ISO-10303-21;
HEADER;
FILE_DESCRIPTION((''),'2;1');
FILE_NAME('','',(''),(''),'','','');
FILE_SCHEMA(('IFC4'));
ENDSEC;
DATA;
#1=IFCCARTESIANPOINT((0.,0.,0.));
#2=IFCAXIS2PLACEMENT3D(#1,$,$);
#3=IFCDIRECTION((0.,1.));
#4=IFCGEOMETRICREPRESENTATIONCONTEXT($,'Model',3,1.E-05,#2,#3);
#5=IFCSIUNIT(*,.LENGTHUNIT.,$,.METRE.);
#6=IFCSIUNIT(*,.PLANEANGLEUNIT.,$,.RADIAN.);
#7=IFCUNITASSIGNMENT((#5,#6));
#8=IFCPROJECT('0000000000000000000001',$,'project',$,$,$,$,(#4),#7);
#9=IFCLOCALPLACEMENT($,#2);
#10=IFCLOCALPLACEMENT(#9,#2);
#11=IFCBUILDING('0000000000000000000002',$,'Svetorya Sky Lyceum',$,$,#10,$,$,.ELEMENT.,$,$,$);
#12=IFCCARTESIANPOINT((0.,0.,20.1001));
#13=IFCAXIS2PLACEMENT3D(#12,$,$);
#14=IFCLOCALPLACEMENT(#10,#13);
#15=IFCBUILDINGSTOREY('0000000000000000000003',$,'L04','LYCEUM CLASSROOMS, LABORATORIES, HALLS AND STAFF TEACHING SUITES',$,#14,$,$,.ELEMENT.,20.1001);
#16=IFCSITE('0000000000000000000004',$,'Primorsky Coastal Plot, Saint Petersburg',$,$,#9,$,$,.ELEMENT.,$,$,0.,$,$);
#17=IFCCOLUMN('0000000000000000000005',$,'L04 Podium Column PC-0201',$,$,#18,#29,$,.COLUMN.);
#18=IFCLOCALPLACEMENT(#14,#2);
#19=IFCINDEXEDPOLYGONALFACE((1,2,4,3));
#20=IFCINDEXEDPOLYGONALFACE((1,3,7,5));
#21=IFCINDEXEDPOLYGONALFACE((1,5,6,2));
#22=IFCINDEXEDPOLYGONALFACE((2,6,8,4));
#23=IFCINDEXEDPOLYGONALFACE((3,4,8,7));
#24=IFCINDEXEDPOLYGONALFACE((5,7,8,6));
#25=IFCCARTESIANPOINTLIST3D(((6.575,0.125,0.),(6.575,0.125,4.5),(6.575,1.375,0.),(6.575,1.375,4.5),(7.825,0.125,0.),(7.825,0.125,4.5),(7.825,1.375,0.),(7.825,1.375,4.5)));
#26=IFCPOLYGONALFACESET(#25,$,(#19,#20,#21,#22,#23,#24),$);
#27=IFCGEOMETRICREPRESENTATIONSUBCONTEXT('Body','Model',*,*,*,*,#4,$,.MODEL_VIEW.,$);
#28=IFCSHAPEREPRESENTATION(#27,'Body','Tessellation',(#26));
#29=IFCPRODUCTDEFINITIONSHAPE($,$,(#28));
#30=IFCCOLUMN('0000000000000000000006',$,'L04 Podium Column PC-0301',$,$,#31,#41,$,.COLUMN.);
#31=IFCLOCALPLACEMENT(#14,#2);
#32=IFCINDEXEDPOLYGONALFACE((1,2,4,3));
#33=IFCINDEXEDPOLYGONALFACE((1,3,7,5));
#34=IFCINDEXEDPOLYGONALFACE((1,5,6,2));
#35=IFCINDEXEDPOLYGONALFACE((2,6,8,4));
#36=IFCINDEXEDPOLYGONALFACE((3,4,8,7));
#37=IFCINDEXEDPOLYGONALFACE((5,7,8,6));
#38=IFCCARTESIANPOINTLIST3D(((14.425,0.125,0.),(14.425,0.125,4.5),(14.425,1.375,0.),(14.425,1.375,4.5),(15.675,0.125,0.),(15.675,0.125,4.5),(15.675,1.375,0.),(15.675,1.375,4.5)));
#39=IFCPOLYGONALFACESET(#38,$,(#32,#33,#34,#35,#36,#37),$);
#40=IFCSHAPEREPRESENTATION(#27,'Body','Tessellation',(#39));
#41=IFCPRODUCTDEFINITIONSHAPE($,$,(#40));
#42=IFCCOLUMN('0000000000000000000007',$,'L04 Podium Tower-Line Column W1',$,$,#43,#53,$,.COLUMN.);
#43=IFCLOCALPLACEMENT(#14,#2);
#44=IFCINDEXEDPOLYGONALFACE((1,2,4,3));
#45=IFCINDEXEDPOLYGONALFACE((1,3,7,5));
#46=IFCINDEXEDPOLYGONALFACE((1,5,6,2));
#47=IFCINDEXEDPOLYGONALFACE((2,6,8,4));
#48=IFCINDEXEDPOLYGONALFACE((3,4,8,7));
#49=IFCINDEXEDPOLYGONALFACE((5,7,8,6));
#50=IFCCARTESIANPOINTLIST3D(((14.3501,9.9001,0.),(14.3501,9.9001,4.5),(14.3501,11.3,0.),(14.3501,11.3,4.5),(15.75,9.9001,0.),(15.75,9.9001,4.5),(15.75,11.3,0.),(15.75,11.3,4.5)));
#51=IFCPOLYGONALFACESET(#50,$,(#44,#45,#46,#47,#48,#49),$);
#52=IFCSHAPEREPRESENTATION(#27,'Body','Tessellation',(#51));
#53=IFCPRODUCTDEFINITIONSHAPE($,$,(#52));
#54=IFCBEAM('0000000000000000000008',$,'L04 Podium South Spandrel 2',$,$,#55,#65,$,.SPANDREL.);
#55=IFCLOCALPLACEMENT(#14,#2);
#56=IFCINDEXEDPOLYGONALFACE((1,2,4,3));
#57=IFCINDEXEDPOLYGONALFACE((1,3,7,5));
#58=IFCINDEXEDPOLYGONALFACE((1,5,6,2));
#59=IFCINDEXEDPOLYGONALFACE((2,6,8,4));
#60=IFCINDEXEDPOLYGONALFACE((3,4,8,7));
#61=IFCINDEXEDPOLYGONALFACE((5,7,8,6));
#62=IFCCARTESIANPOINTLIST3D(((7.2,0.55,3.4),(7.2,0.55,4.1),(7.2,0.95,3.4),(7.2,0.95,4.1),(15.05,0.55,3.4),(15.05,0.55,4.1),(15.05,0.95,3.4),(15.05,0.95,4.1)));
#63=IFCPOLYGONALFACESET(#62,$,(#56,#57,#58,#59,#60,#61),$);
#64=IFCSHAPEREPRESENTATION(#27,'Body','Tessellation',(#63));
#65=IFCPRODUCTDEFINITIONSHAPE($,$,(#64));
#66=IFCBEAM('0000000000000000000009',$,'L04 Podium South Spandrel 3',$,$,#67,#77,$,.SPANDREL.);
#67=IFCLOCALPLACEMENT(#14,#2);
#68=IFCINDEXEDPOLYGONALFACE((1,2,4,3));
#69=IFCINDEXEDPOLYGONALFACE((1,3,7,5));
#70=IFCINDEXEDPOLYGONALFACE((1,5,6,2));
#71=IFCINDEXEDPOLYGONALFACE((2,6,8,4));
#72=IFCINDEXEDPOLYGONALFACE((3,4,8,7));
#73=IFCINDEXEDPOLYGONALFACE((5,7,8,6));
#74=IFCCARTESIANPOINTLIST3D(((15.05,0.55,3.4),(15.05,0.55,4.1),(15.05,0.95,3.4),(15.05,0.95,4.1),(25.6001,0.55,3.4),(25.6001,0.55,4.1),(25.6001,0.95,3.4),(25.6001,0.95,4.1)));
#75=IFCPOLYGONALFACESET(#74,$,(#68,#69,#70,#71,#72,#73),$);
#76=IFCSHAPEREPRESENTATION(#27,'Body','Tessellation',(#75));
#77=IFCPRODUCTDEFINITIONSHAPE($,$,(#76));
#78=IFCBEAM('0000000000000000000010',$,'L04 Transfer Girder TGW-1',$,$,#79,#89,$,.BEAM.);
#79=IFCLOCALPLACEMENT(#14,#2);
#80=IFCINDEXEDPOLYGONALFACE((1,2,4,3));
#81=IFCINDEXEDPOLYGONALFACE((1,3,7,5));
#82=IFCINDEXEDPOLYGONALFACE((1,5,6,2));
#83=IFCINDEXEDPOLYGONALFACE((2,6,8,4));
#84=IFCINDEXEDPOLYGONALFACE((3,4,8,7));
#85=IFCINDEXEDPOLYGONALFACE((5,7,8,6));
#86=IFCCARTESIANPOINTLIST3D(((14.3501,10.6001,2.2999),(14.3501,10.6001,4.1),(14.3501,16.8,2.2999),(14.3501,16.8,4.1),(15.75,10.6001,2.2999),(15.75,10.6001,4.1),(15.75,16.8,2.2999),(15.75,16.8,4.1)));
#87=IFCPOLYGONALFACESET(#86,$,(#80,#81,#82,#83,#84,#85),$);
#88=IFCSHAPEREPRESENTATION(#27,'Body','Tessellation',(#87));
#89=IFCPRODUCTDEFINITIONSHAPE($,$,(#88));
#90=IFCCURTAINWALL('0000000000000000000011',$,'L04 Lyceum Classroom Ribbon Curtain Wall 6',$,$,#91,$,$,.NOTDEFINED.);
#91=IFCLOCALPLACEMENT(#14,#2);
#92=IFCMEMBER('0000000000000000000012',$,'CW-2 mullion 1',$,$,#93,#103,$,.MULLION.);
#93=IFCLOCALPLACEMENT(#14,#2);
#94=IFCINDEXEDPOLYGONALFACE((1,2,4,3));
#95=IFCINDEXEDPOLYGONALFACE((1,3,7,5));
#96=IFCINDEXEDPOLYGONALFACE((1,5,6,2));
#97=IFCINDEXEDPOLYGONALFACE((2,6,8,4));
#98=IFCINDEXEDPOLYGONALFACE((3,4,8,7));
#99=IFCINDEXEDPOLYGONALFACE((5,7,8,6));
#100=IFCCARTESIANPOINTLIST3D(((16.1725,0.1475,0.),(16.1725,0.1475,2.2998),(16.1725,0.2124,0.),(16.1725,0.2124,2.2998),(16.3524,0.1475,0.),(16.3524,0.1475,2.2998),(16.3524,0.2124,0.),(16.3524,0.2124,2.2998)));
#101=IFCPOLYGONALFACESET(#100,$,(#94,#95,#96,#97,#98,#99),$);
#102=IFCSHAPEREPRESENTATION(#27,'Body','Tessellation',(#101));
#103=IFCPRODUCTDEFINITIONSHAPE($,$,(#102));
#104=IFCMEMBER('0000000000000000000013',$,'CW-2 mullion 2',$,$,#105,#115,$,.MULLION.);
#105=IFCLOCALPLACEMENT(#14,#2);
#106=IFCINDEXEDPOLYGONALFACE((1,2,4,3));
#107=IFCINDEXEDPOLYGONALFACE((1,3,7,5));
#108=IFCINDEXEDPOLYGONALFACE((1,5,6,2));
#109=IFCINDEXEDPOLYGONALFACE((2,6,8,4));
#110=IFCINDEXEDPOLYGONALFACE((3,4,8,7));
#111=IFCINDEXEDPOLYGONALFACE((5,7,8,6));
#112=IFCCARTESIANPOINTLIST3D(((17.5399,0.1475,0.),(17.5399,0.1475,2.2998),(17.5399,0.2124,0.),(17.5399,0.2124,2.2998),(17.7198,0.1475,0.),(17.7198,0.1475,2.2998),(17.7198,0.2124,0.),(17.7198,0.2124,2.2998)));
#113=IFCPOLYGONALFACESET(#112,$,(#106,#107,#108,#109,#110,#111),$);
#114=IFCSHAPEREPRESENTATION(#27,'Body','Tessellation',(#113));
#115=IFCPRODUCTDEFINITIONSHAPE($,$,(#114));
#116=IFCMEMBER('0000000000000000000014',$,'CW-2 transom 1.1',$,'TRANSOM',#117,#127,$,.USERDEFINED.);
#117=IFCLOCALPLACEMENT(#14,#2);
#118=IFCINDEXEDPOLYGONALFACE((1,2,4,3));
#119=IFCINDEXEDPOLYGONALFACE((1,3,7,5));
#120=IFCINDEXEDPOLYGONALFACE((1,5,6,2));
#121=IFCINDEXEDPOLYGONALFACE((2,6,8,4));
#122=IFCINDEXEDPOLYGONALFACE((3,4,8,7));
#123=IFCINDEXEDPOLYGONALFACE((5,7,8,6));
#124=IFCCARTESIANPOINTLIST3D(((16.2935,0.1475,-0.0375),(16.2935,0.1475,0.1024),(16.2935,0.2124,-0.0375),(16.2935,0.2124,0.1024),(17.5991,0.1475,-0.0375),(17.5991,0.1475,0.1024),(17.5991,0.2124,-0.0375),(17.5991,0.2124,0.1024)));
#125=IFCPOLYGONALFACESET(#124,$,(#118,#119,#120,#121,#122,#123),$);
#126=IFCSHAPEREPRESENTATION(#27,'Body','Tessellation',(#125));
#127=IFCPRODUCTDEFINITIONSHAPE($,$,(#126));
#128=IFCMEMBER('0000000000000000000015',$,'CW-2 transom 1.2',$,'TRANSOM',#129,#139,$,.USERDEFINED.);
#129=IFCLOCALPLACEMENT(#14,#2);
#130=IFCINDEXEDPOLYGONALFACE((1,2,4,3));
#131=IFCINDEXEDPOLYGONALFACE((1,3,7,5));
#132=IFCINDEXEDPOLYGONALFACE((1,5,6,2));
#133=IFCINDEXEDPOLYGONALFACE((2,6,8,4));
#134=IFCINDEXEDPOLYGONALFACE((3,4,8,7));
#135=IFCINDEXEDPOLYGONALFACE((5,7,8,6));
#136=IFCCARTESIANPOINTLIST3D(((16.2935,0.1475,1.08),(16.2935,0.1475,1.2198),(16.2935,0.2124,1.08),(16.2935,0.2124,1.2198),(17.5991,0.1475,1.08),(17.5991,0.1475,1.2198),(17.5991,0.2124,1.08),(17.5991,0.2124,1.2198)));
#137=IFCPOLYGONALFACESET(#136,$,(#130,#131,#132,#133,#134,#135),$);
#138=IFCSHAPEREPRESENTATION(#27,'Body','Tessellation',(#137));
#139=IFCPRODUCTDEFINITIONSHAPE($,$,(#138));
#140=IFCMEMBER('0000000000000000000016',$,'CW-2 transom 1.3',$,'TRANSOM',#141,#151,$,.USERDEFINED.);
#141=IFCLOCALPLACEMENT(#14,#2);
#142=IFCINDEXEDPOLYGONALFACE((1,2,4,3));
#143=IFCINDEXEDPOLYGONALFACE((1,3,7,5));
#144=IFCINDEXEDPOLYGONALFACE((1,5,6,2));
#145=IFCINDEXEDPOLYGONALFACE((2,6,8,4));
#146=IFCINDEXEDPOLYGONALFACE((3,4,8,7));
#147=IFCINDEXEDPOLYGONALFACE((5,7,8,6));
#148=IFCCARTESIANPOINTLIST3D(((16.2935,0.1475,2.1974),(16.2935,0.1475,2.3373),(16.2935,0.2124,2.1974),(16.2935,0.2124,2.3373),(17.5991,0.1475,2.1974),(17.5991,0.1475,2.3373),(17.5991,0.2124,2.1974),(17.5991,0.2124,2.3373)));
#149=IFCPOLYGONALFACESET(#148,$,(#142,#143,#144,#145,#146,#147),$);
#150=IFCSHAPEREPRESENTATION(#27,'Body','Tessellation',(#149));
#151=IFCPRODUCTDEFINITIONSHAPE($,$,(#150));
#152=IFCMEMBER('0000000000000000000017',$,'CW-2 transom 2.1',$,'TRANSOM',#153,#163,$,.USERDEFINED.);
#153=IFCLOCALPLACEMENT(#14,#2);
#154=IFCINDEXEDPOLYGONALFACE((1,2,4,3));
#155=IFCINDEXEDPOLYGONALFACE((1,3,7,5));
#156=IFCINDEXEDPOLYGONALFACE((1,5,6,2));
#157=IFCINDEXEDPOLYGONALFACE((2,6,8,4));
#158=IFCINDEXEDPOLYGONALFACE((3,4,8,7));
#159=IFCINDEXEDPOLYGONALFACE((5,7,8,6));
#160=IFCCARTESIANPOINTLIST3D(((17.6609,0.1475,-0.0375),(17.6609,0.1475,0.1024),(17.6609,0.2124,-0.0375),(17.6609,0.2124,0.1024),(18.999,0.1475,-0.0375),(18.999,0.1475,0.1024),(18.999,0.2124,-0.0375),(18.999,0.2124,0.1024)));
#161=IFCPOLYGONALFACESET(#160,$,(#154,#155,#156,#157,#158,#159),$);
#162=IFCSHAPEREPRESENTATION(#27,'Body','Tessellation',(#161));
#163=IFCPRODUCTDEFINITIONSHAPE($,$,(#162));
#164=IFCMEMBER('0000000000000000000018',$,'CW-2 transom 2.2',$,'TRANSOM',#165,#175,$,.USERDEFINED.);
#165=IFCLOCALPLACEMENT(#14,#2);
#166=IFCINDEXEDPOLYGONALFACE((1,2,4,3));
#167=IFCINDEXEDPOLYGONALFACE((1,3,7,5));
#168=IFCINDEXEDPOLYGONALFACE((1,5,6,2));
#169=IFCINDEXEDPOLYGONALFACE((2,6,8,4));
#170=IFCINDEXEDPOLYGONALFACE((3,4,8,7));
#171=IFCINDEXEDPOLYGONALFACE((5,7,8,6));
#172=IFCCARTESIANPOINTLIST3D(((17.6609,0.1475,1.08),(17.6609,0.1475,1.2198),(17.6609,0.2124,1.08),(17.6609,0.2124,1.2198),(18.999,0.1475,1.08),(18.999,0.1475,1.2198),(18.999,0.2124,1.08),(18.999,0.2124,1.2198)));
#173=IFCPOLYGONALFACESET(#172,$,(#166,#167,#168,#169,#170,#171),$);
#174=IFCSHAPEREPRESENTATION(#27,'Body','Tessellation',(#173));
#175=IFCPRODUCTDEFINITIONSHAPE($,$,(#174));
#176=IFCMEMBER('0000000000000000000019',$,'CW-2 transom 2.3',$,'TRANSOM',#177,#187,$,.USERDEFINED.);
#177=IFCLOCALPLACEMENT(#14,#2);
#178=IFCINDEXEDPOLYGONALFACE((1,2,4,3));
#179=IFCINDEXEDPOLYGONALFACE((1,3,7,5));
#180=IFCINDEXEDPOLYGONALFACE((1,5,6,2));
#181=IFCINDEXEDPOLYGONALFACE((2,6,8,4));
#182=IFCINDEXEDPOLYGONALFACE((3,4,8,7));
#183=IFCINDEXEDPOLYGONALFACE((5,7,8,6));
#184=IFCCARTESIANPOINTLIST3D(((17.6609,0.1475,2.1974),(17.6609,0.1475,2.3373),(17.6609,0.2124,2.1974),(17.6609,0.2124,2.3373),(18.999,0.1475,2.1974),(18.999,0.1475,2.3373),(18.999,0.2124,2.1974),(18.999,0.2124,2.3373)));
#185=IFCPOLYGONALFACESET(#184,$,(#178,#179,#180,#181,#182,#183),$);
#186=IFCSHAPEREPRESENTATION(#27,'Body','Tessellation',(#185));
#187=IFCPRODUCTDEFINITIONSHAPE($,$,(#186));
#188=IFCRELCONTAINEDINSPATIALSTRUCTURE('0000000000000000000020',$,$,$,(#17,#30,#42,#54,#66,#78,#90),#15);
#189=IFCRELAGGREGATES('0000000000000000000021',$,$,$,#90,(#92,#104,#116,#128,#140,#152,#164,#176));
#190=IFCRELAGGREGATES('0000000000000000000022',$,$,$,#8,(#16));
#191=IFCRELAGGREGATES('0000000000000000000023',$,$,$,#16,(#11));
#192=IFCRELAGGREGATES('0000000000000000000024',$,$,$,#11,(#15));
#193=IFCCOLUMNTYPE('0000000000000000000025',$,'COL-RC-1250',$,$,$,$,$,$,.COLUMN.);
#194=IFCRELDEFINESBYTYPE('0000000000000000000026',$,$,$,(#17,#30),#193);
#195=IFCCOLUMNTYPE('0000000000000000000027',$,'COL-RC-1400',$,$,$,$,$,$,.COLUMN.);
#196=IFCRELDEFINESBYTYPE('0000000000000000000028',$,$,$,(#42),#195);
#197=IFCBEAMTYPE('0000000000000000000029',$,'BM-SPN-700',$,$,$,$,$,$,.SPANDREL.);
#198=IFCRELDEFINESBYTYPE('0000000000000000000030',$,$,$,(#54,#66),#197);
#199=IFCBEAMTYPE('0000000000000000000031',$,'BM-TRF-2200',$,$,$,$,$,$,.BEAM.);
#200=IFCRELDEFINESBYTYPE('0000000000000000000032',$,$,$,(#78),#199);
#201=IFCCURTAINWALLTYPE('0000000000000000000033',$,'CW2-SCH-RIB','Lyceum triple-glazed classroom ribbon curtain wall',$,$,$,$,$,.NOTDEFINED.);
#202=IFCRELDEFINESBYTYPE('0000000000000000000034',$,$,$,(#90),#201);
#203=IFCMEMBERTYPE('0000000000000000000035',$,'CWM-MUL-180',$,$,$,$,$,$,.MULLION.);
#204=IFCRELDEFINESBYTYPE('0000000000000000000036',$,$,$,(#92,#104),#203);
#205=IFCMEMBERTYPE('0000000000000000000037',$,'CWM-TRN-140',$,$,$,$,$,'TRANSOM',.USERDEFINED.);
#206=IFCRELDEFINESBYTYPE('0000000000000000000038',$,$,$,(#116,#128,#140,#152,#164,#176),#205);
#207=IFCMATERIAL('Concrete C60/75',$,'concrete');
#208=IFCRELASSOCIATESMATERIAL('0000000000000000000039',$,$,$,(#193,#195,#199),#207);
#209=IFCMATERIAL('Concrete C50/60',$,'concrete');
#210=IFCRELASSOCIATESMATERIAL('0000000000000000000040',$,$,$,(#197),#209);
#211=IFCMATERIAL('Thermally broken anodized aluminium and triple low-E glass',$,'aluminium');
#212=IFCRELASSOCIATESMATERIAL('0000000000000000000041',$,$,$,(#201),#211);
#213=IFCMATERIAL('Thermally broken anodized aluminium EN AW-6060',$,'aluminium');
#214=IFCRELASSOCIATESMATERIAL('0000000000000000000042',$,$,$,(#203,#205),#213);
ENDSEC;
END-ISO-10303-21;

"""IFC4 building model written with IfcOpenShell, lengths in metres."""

from ifc_helpers import new_model, si_unit, direction, frame, origin, origin_2d, place, context, subcontext, project, spatial, rectangle, extrude, material, material_profile, profile_set, type_object, element, aggregate, save


model = new_model("IFC4")

# Units and contexts
model_context = context("Model", 3, precision=1e-05, world=origin(), true_north=direction((0.0, 1.0)))
body_context = subcontext(model_context, "Body", "Model", "MODEL_VIEW")
ifc_project = project(units=[si_unit("LENGTHUNIT", "METRE"), si_unit("PLANEANGLEUNIT", "RADIAN")], contexts=[model_context])

# Site, building, storey
site_placement = place(None, origin())
site = spatial("IfcSite", under=ifc_project, at=site_placement, Name="Primorsky Coastal Plot, Saint Petersburg", CompositionType="ELEMENT", RefElevation=0.0)
building_placement = place(site_placement, origin())
building = spatial("IfcBuilding", under=site, at=building_placement, Name="Svetorya Sky Lyceum", CompositionType="ELEMENT")
storey_placement = place(building_placement, frame((0.0, 0.0, 20.1001)))
storey = spatial("IfcBuildingStorey", under=building, at=storey_placement, Name="L04", Description="LYCEUM CLASSROOMS, LABORATORIES, HALLS AND STAFF TEACHING SUITES", CompositionType="ELEMENT", Elevation=20.1001)

# Columns
ifc_material_1 = material(Name="Concrete C60/75", Category="concrete")
ifc_material_profile_1 = material_profile(ifc_material_1, rectangle(XDim=1.25, YDim=1.25, at=origin_2d()), Name="RC COL 1250x1250")
ifc_profile_set_1 = profile_set([ifc_material_profile_1], Name="Concrete C60/75")
column_type_1 = type_object("IfcColumnType", Name="COL-RC-1250", PredefinedType="COLUMN", material=ifc_profile_set_1)
for number, where, z_axis, x_axis, name in (
    (1, (7.2, 0.75, 0.0), (0.0, 0.0, 1.0), (1.0, 0.0, 0.0), "L04 Podium Column PC-0201"),
    (2, (15.05, 0.75, 0.0), (0.0, 0.0, 1.0), (1.0, 0.0, 0.0), "L04 Podium Column PC-0301"),
):
    element("IfcColumn", number, at=place(storey_placement, frame(where, z_axis=z_axis, x_axis=x_axis)), inside=storey, type_object=column_type_1, Name=name, PredefinedType="COLUMN", context=body_context, shape_type="SweptSolid", body=[
        extrude(rectangle(XDim=1.25, YDim=1.25, at=origin_2d()), origin(), (0.0, 0.0, 1.0), 4.5),
    ])
ifc_material_profile_2 = material_profile(ifc_material_1, rectangle(XDim=1.3999, YDim=1.3999, at=origin_2d()), Name="RC COL 1400x1400")
ifc_profile_set_2 = profile_set([ifc_material_profile_2], Name="Concrete C60/75")
column_type_2 = type_object("IfcColumnType", Name="COL-RC-1400", PredefinedType="COLUMN", material=ifc_profile_set_2)
column_placement = place(storey_placement, frame((15.05, 10.6001, 0.0), z_axis=(0.0, 0.0, 1.0), x_axis=(1.0, 0.0, 0.0)))
element("IfcColumn", 3, at=column_placement, inside=storey, type_object=column_type_2, Name="L04 Podium Tower-Line Column W1", PredefinedType="COLUMN", context=body_context, shape_type="SweptSolid", body=[
    extrude(rectangle(XDim=1.3999, YDim=1.3999, at=origin_2d()), origin(), (0.0, 0.0, 1.0), 4.5),
])

# Beams
ifc_material_2 = material(Name="Concrete C50/60", Category="concrete")
ifc_material_profile_3 = material_profile(ifc_material_2, rectangle(XDim=0.3999, YDim=0.7, at=origin_2d()), Name="RC SPANDREL 400x700")
ifc_profile_set_3 = profile_set([ifc_material_profile_3], Name="Concrete C50/60")
beam_type_1 = type_object("IfcBeamType", Name="BM-SPN-700", PredefinedType="SPANDREL", material=ifc_profile_set_3)
beam_1_placement = place(storey_placement, frame((7.2, 0.75, 3.75), z_axis=(1.0, 0.0, 0.0), x_axis=(0.0, 1.0, 0.0)))
element("IfcBeam", 4, at=beam_1_placement, inside=storey, type_object=beam_type_1, Name="L04 Podium South Spandrel 2", PredefinedType="SPANDREL", context=body_context, shape_type="SweptSolid", body=[
    extrude(rectangle(XDim=0.3999, YDim=0.7, at=origin_2d()), origin(), (0.0, 0.0, 1.0), 7.8501),
])
beam_2_placement = place(storey_placement, frame((15.05, 0.75, 3.75), z_axis=(1.0, 0.0, 0.0), x_axis=(0.0, 1.0, 0.0)))
element("IfcBeam", 5, at=beam_2_placement, inside=storey, type_object=beam_type_1, Name="L04 Podium South Spandrel 3", PredefinedType="SPANDREL", context=body_context, shape_type="SweptSolid", body=[
    extrude(rectangle(XDim=0.3999, YDim=0.7, at=origin_2d()), origin(), (0.0, 0.0, 1.0), 10.55),
])
ifc_material_profile_4 = material_profile(ifc_material_1, rectangle(XDim=1.3999, YDim=1.8, at=origin_2d()), Name="RC TRANSFER 1400x1800")
ifc_profile_set_4 = profile_set([ifc_material_profile_4], Name="Concrete C60/75")
beam_type_2 = type_object("IfcBeamType", Name="BM-TRF-2200", PredefinedType="BEAM", material=ifc_profile_set_4)
beam_3_placement = place(storey_placement, frame((15.05, 10.6001, 3.2), z_axis=(0.0, 1.0, 0.0), x_axis=(-1.0, 0.0, 0.0)))
element("IfcBeam", 6, at=beam_3_placement, inside=storey, type_object=beam_type_2, Name="L04 Transfer Girder TGW-1", PredefinedType="BEAM", context=body_context, shape_type="SweptSolid", body=[
    extrude(rectangle(XDim=1.3999, YDim=1.8, at=origin_2d()), origin(), (0.0, 0.0, 1.0), 6.2),
])

# Curtain wall, members
ifc_material_3 = material(Name="Thermally broken anodized aluminium and triple low-E glass", Category="aluminium")
curtain_wall_type = type_object("IfcCurtainWallType", Name="CW2-SCH-RIB", Description="Lyceum triple-glazed classroom ribbon curtain wall", PredefinedType="NOTDEFINED", material=ifc_material_3)
curtain_wall_placement = place(storey_placement, origin())
curtain_wall = element("IfcCurtainWall", 7, at=curtain_wall_placement, inside=storey, type_object=curtain_wall_type, Name="L04 Lyceum Classroom Ribbon Curtain Wall 6", PredefinedType="NOTDEFINED")
ifc_material_4 = material(Name="Thermally broken anodized aluminium EN AW-6060", Category="aluminium")
ifc_material_profile_5 = material_profile(ifc_material_4, rectangle(XDim=0.0649, YDim=0.1799, at=origin_2d()), Name="ALU MULLION 65x180")
ifc_profile_set_5 = profile_set([ifc_material_profile_5], Name="Thermally broken anodized aluminium EN AW-6060")
member_type_1 = type_object("IfcMemberType", Name="CWM-MUL-180", PredefinedType="MULLION", material=ifc_profile_set_5)
member_1_placement = place(storey_placement, frame((16.2625, 0.1799, 0.0), z_axis=(0.0, 0.0, 1.0), x_axis=(0.0, 1.0, 0.0)))
member_1 = element("IfcMember", 8, at=member_1_placement, type_object=member_type_1, Name="CW-2 mullion 1", PredefinedType="MULLION", context=body_context, shape_type="SweptSolid", body=[
    extrude(rectangle(XDim=0.0649, YDim=0.1799, at=origin_2d()), origin(), (0.0, 0.0, 1.0), 2.2998),
])
member_2_placement = place(storey_placement, frame((17.6299, 0.1799, 0.0), z_axis=(0.0, 0.0, 1.0), x_axis=(0.0, 1.0, 0.0)))
member_2 = element("IfcMember", 9, at=member_2_placement, type_object=member_type_1, Name="CW-2 mullion 2", PredefinedType="MULLION", context=body_context, shape_type="SweptSolid", body=[
    extrude(rectangle(XDim=0.0649, YDim=0.1799, at=origin_2d()), origin(), (0.0, 0.0, 1.0), 2.2998),
])
ifc_material_profile_6 = material_profile(ifc_material_4, rectangle(XDim=0.0649, YDim=0.1399, at=origin_2d()), Name="ALU TRANSOM 65x140")
ifc_profile_set_6 = profile_set([ifc_material_profile_6], Name="Thermally broken anodized aluminium EN AW-6060")
member_type_2 = type_object("IfcMemberType", Name="CWM-TRN-140", ElementType="TRANSOM", PredefinedType="USERDEFINED", material=ifc_profile_set_6)
member_3_placement = place(storey_placement, frame((16.2935, 0.1799, 0.0325), z_axis=(1.0, 0.0, 0.0), x_axis=(0.0, 1.0, 0.0)))
member_3 = element("IfcMember", 10, at=member_3_placement, type_object=member_type_2, Name="CW-2 transom 1.1", ObjectType="TRANSOM", PredefinedType="USERDEFINED", context=body_context, shape_type="SweptSolid", body=[
    extrude(rectangle(XDim=0.0649, YDim=0.1399, at=origin_2d()), origin(), (0.0, 0.0, 1.0), 1.3057),
])
member_4_placement = place(storey_placement, frame((16.2935, 0.1799, 1.1499), z_axis=(1.0, 0.0, 0.0), x_axis=(0.0, 1.0, 0.0)))
member_4 = element("IfcMember", 11, at=member_4_placement, type_object=member_type_2, Name="CW-2 transom 1.2", ObjectType="TRANSOM", PredefinedType="USERDEFINED", context=body_context, shape_type="SweptSolid", body=[
    extrude(rectangle(XDim=0.0649, YDim=0.1399, at=origin_2d()), origin(), (0.0, 0.0, 1.0), 1.3057),
])
member_5_placement = place(storey_placement, frame((16.2935, 0.1799, 2.2673), z_axis=(1.0, 0.0, 0.0), x_axis=(0.0, 1.0, 0.0)))
member_5 = element("IfcMember", 12, at=member_5_placement, type_object=member_type_2, Name="CW-2 transom 1.3", ObjectType="TRANSOM", PredefinedType="USERDEFINED", context=body_context, shape_type="SweptSolid", body=[
    extrude(rectangle(XDim=0.0649, YDim=0.1399, at=origin_2d()), origin(), (0.0, 0.0, 1.0), 1.3057),
])
member_6_placement = place(storey_placement, frame((17.6609, 0.1799, 0.0325), z_axis=(1.0, 0.0, 0.0), x_axis=(0.0, 1.0, 0.0)))
member_6 = element("IfcMember", 13, at=member_6_placement, type_object=member_type_2, Name="CW-2 transom 2.1", ObjectType="TRANSOM", PredefinedType="USERDEFINED", context=body_context, shape_type="SweptSolid", body=[
    extrude(rectangle(XDim=0.0649, YDim=0.1399, at=origin_2d()), origin(), (0.0, 0.0, 1.0), 1.3381),
])
member_7_placement = place(storey_placement, frame((17.6609, 0.1799, 1.1499), z_axis=(1.0, 0.0, 0.0), x_axis=(0.0, 1.0, 0.0)))
member_7 = element("IfcMember", 14, at=member_7_placement, type_object=member_type_2, Name="CW-2 transom 2.2", ObjectType="TRANSOM", PredefinedType="USERDEFINED", context=body_context, shape_type="SweptSolid", body=[
    extrude(rectangle(XDim=0.0649, YDim=0.1399, at=origin_2d()), origin(), (0.0, 0.0, 1.0), 1.3381),
])
member_8_placement = place(storey_placement, frame((17.6609, 0.1799, 2.2673), z_axis=(1.0, 0.0, 0.0), x_axis=(0.0, 1.0, 0.0)))
member_8 = element("IfcMember", 15, at=member_8_placement, type_object=member_type_2, Name="CW-2 transom 2.3", ObjectType="TRANSOM", PredefinedType="USERDEFINED", context=body_context, shape_type="SweptSolid", body=[
    extrude(rectangle(XDim=0.0649, YDim=0.1399, at=origin_2d()), origin(), (0.0, 0.0, 1.0), 1.3381),
])
aggregate(curtain_wall, [member_1, member_2, member_3, member_4, member_5, member_6, member_7, member_8])

save(model, "model.ifc")
